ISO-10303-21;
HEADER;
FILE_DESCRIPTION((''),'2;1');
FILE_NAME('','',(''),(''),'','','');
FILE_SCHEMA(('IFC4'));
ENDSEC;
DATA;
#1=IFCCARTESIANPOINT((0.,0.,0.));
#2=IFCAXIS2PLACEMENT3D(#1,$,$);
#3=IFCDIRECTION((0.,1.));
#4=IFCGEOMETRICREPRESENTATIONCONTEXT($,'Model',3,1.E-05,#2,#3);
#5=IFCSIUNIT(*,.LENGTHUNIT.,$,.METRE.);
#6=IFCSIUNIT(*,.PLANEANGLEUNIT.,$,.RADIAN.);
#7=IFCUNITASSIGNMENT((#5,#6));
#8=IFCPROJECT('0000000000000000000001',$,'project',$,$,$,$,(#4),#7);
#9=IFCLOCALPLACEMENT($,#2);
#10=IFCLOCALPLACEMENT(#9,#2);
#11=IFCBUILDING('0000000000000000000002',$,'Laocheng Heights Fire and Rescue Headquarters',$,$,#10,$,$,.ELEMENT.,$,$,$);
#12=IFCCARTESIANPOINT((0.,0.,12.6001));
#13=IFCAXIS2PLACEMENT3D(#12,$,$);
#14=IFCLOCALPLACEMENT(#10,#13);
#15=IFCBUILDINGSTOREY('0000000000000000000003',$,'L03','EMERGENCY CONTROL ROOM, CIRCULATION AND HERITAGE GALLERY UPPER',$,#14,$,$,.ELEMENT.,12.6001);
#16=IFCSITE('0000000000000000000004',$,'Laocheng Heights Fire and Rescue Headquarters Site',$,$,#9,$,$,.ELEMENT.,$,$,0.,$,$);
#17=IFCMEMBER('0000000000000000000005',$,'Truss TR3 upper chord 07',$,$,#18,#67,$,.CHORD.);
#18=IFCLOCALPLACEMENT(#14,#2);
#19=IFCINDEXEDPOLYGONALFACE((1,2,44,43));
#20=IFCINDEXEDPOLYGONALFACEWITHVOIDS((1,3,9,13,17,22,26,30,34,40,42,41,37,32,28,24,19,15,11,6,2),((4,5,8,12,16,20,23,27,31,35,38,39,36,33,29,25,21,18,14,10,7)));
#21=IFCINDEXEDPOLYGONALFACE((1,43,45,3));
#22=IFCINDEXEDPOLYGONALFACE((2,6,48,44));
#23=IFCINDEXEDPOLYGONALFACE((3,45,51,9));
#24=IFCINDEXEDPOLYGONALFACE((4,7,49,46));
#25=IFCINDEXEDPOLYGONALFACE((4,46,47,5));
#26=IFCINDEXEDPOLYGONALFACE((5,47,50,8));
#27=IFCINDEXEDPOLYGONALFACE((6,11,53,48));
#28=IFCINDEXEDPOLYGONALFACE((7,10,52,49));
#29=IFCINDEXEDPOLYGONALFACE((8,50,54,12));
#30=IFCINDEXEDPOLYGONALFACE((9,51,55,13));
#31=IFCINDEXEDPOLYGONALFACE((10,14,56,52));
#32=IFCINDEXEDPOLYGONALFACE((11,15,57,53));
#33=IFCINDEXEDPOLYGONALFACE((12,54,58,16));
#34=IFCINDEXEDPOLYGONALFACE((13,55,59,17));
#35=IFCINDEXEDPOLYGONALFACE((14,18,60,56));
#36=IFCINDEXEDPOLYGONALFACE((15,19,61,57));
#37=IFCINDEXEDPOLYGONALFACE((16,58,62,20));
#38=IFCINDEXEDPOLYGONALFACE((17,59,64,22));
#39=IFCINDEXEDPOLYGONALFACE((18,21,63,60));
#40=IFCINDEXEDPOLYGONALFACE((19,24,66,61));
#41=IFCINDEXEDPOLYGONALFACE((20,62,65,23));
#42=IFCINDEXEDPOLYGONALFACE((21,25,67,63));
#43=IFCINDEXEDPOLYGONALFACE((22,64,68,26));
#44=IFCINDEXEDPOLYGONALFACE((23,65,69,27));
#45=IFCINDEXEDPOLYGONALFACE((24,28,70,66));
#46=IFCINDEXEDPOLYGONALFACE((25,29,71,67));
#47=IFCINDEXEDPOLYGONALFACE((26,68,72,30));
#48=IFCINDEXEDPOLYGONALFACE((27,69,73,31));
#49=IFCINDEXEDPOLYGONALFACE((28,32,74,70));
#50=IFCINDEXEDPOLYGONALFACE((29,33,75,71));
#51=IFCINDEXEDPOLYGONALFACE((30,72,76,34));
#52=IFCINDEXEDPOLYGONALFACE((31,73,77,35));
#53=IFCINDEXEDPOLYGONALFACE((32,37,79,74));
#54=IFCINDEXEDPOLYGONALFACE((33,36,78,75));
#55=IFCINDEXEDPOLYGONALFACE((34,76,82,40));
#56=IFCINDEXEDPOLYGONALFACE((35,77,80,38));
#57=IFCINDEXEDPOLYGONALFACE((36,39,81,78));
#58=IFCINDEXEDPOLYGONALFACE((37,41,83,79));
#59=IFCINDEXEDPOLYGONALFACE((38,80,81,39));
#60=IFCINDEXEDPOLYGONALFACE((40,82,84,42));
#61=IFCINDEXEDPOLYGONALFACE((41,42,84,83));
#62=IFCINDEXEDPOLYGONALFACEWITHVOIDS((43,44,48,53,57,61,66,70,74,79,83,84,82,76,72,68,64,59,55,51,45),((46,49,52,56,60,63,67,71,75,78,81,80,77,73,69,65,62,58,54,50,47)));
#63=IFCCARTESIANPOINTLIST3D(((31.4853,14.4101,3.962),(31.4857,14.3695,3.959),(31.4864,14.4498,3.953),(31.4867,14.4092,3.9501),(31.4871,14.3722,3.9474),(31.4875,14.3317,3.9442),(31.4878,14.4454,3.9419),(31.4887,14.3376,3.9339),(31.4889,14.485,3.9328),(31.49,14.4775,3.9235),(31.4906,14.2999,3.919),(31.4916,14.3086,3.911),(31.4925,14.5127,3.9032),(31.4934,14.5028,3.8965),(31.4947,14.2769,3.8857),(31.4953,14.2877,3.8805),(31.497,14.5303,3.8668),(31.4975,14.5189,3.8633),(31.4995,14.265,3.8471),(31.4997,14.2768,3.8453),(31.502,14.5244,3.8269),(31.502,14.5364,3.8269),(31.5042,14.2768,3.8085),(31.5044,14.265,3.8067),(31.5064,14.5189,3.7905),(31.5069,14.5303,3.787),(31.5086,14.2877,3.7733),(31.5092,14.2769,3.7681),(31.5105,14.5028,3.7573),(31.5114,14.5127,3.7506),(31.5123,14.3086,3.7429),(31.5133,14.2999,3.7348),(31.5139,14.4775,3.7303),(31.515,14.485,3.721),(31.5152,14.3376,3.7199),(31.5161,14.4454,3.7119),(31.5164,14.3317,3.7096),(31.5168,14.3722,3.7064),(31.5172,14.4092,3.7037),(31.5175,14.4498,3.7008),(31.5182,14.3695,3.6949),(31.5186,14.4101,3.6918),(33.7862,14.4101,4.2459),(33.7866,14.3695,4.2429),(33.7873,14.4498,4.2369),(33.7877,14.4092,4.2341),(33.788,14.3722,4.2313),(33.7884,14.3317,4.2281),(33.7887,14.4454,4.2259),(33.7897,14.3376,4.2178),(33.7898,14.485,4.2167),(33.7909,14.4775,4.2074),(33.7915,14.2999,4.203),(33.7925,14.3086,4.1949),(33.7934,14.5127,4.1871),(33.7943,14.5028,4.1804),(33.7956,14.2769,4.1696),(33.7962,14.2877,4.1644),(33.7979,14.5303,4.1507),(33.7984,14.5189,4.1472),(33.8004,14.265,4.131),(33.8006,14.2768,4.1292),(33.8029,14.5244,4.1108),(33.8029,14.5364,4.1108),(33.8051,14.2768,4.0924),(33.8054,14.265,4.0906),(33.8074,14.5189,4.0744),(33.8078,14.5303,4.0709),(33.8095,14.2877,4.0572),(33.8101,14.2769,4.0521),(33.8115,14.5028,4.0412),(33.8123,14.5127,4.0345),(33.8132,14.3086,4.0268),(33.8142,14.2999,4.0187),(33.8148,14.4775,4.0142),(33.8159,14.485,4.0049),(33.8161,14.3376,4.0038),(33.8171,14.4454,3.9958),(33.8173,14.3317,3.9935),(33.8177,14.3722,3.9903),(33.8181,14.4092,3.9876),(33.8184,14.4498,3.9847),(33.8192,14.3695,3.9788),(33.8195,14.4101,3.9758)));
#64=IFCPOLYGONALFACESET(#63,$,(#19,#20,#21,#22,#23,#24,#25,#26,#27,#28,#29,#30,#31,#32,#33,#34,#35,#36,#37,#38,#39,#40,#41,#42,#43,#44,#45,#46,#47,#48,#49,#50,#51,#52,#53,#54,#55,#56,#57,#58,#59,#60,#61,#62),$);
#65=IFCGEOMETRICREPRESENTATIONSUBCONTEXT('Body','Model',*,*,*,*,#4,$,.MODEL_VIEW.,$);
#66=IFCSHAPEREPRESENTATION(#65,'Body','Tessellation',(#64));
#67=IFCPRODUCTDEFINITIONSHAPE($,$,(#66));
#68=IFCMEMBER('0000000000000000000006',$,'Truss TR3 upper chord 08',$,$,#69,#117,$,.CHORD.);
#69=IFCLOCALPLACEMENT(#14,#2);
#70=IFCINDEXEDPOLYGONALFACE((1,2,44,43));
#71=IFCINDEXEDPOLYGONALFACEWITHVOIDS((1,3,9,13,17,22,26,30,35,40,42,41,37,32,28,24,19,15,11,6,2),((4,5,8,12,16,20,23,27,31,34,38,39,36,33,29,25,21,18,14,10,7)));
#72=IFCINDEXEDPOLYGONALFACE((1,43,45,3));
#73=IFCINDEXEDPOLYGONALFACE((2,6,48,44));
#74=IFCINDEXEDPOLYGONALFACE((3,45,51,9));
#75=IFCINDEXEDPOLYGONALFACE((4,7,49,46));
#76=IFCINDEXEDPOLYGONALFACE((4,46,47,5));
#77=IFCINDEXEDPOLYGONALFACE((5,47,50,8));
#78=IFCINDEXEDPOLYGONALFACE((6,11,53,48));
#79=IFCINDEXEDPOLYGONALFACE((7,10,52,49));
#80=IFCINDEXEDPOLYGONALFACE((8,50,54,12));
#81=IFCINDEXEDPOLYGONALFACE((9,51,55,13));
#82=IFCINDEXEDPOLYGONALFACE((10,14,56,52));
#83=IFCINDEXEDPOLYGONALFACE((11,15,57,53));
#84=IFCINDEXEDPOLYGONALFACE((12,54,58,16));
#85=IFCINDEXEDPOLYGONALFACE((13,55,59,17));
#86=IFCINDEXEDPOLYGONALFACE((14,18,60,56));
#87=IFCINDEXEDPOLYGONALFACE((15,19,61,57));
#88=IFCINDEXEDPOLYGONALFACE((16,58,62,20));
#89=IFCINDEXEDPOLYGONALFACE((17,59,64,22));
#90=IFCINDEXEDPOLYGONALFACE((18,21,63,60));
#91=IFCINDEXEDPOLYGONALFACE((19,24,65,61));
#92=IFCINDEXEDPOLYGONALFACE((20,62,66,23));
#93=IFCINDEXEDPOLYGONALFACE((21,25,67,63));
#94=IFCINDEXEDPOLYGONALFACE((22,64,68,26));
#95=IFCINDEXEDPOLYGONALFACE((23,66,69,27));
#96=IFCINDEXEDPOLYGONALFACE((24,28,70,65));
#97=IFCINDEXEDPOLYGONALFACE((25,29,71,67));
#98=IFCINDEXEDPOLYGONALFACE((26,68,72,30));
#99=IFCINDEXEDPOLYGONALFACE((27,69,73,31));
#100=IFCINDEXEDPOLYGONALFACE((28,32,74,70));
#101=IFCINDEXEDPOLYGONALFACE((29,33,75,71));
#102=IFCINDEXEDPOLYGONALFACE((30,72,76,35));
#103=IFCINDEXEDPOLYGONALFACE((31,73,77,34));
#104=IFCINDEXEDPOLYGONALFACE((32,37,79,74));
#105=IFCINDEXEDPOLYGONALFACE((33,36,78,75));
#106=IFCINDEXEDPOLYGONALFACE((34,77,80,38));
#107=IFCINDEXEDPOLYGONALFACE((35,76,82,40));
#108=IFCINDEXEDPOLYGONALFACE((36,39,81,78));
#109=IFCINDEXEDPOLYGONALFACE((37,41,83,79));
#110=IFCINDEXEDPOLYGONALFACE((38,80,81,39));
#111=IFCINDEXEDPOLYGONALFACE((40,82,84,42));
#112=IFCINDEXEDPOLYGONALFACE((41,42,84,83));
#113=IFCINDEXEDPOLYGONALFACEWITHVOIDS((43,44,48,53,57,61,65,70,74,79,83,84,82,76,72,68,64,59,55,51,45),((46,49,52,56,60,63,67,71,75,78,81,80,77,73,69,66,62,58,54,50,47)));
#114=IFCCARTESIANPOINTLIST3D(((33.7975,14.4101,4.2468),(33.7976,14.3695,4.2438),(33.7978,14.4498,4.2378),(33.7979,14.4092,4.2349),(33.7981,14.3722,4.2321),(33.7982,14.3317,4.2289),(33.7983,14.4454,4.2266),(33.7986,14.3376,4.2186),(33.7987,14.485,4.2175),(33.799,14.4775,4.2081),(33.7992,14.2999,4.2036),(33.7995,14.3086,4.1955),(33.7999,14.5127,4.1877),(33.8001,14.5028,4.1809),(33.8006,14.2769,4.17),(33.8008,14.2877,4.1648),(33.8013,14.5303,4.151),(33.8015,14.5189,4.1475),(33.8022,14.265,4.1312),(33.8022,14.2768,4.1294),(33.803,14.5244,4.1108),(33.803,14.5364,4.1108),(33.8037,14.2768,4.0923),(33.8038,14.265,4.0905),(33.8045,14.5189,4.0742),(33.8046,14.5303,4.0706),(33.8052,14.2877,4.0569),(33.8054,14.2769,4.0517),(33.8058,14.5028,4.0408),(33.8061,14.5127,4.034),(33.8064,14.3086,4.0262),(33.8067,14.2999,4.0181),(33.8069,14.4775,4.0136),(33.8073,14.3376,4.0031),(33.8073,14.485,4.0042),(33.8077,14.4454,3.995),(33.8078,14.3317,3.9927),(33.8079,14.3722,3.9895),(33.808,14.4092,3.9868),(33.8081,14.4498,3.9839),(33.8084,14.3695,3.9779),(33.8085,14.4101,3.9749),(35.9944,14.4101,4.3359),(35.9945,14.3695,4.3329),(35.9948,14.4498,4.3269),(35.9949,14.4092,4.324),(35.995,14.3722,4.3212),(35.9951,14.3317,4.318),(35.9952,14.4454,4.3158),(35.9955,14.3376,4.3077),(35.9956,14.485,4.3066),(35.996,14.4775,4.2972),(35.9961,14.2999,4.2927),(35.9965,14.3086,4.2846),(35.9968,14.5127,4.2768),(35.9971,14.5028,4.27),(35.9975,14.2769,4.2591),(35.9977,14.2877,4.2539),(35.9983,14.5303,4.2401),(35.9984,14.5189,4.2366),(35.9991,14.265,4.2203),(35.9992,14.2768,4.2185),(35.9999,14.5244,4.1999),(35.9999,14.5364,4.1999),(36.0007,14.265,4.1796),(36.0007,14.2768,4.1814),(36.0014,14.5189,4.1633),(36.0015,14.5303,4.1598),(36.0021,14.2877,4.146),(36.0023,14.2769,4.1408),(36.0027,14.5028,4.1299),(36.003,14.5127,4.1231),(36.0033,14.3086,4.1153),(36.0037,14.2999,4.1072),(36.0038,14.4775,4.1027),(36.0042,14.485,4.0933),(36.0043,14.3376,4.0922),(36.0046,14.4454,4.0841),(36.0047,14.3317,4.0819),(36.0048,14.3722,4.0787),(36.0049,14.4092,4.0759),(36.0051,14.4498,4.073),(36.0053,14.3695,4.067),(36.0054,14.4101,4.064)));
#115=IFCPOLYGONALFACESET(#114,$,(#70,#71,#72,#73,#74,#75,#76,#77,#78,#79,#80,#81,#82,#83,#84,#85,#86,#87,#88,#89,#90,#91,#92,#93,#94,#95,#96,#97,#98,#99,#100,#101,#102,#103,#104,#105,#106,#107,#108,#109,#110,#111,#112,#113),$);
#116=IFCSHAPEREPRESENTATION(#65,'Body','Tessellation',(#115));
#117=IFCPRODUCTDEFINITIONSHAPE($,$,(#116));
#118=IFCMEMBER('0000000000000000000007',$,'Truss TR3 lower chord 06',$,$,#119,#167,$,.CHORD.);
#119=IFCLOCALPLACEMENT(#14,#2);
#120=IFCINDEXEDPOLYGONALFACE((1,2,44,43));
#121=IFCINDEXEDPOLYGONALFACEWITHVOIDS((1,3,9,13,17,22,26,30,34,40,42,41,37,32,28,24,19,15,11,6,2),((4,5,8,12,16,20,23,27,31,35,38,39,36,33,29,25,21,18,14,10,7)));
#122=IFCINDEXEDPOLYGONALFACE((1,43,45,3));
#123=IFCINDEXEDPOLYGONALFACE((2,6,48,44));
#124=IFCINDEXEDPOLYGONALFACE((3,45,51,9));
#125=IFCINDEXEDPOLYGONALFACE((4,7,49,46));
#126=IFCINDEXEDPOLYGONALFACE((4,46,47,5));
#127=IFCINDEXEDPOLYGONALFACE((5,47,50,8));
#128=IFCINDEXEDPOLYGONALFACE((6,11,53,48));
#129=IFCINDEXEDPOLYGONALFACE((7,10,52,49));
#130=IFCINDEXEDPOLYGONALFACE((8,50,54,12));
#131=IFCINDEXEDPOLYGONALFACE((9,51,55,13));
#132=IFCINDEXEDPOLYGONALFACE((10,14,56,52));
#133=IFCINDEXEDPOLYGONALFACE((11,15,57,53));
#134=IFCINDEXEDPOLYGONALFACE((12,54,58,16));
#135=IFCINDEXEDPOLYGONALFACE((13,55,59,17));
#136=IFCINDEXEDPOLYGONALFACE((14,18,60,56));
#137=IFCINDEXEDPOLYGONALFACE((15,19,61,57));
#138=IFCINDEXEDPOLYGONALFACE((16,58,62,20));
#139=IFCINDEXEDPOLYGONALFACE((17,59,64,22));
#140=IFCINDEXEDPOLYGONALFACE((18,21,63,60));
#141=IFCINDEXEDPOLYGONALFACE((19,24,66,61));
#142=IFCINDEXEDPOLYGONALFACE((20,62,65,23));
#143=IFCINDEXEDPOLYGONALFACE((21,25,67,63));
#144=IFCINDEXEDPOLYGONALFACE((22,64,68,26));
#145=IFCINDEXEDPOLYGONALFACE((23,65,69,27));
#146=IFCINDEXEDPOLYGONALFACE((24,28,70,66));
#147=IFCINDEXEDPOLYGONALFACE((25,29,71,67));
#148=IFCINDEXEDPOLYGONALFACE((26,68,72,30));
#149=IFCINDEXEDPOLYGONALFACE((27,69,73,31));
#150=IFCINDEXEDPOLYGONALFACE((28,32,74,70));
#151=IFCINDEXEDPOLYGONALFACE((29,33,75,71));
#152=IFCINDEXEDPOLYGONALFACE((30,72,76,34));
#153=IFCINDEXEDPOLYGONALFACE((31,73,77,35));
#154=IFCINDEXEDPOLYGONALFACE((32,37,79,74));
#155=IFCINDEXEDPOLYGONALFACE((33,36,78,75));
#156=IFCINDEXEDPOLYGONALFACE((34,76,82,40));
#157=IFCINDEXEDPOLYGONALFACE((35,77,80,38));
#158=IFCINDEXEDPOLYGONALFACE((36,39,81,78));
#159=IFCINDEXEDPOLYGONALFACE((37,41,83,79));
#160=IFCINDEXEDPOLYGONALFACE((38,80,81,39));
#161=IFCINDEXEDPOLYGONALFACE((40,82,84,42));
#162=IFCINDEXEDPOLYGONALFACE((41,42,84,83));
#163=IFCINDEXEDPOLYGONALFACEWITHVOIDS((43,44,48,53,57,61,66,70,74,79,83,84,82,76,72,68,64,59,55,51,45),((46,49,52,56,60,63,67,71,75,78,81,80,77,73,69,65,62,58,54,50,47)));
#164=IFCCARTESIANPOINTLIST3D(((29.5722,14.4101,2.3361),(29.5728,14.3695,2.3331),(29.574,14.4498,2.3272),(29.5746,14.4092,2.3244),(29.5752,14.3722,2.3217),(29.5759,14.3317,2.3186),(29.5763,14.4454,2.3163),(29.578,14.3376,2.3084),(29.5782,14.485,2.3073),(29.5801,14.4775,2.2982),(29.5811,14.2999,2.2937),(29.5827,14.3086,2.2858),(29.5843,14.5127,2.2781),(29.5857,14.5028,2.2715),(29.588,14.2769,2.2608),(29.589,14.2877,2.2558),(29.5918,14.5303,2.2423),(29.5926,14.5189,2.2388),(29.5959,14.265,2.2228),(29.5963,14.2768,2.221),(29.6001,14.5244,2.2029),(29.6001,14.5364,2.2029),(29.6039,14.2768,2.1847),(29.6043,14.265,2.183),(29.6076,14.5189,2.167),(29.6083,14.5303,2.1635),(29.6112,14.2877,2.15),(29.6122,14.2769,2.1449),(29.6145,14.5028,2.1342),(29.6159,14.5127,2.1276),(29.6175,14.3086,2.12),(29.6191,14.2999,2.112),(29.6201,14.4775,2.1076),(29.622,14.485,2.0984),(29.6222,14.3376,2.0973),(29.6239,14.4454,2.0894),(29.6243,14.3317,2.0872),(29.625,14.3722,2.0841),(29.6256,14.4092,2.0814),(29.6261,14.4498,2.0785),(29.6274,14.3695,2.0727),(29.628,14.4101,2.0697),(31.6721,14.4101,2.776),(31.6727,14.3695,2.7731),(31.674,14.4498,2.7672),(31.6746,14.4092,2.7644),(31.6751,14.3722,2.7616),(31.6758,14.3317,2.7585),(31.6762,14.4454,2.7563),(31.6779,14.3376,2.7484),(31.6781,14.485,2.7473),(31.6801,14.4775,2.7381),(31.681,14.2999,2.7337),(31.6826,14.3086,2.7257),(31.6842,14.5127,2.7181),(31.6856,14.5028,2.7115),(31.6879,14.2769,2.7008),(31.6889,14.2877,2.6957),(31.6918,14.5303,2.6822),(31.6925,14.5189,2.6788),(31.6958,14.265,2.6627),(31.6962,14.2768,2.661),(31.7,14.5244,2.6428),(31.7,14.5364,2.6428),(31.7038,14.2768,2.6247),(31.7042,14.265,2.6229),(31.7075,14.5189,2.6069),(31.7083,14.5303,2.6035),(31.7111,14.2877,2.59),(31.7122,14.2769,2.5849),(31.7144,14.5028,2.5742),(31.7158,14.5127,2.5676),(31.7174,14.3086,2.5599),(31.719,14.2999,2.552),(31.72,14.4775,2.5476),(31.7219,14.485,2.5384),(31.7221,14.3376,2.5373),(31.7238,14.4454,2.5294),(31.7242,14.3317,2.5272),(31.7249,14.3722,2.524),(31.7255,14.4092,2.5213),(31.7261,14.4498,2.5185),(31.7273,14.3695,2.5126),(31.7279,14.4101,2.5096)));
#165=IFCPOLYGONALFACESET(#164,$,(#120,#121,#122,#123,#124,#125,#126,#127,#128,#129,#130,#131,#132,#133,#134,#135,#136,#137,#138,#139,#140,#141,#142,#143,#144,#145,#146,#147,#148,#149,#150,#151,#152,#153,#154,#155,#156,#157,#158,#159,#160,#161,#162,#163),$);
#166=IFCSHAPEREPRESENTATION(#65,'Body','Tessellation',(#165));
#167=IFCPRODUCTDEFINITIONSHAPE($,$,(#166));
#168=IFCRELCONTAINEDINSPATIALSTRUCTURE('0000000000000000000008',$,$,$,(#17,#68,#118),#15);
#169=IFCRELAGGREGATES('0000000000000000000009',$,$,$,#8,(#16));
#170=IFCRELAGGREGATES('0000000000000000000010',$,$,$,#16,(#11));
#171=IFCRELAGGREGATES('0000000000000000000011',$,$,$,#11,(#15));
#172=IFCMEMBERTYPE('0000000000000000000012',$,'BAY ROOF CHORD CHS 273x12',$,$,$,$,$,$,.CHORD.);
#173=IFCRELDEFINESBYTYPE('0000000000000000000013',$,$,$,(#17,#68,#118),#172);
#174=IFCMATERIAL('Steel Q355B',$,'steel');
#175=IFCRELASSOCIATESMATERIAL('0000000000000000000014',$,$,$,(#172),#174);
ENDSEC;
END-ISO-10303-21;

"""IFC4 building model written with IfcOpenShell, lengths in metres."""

from ifc_helpers import new_model, si_unit, direction, frame, origin, origin_2d, place, context, subcontext, project, spatial, hollow_circle, extrude, material, material_profile, profile_set, type_object, element, save


model = new_model("IFC4")

# Units and contexts
model_context = context("Model", 3, precision=1e-05, world=origin(), true_north=direction((0.0, 1.0)))
body_context = subcontext(model_context, "Body", "Model", "MODEL_VIEW")
ifc_project = project(units=[si_unit("LENGTHUNIT", "METRE"), si_unit("PLANEANGLEUNIT", "RADIAN")], contexts=[model_context])

# Site, building, storey
site_placement = place(None, origin())
site = spatial("IfcSite", under=ifc_project, at=site_placement, Name="Laocheng Heights Fire and Rescue Headquarters Site", CompositionType="ELEMENT", RefElevation=0.0)
building_placement = place(site_placement, origin())
building = spatial("IfcBuilding", under=site, at=building_placement, Name="Laocheng Heights Fire and Rescue Headquarters", CompositionType="ELEMENT")
storey_placement = place(building_placement, frame((0.0, 0.0, 12.6001)))
storey = spatial("IfcBuildingStorey", under=building, at=storey_placement, Name="L03", Description="EMERGENCY CONTROL ROOM, CIRCULATION AND HERITAGE GALLERY UPPER", CompositionType="ELEMENT", Elevation=12.6001)

# Members
ifc_material_1 = material(Name="Steel Q355B", Category="steel")
ifc_material_profile_1 = material_profile(ifc_material_1, hollow_circle(Radius=0.1365, WallThickness=0.012, at=origin_2d()), Name="CHS 273x12")
ifc_profile_set_1 = profile_set([ifc_material_profile_1], Name="Steel Q355B")
member_type_1 = type_object("IfcMemberType", Name="BAY ROOF CHORD CHS 273x12", PredefinedType="CHORD", material=ifc_profile_set_1)
member_1_placement = place(storey_placement, frame((31.502, 14.3999, 3.8269), z_axis=(0.992473, 0.0, 0.122466), x_axis=(0.0, 1.0, 0.0)))
element("IfcMember", 1, at=member_1_placement, inside=storey, type_object=member_type_1, Name="Truss TR3 upper chord 07", PredefinedType="CHORD", context=body_context, shape_type="SweptSolid", body=[
    extrude(hollow_circle(Radius=0.1365, WallThickness=0.012, at=origin_2d()), origin(), (0.0, 0.0, 1.0), 2.3184),
])
member_2_placement = place(storey_placement, frame((33.803, 14.3999, 4.1108), z_axis=(0.999178, 0.0, 0.040527), x_axis=(0.0, 1.0, 0.0)))
element("IfcMember", 2, at=member_2_placement, inside=storey, type_object=member_type_1, Name="Truss TR3 upper chord 08", PredefinedType="CHORD", context=body_context, shape_type="SweptSolid", body=[
    extrude(hollow_circle(Radius=0.1365, WallThickness=0.012, at=origin_2d()), origin(), (0.0, 0.0, 1.0), 2.1987),
])
member_3_placement = place(storey_placement, frame((29.6001, 14.3999, 2.2029), z_axis=(0.97875, 0.0, 0.205058), x_axis=(0.0, 1.0, 0.0)))
element("IfcMember", 3, at=member_3_placement, inside=storey, type_object=member_type_1, Name="Truss TR3 lower chord 06", PredefinedType="CHORD", context=body_context, shape_type="SweptSolid", body=[
    extrude(hollow_circle(Radius=0.1365, WallThickness=0.012, at=origin_2d()), origin(), (0.0, 0.0, 1.0), 2.1455),
])

save(model, "model.ifc")
